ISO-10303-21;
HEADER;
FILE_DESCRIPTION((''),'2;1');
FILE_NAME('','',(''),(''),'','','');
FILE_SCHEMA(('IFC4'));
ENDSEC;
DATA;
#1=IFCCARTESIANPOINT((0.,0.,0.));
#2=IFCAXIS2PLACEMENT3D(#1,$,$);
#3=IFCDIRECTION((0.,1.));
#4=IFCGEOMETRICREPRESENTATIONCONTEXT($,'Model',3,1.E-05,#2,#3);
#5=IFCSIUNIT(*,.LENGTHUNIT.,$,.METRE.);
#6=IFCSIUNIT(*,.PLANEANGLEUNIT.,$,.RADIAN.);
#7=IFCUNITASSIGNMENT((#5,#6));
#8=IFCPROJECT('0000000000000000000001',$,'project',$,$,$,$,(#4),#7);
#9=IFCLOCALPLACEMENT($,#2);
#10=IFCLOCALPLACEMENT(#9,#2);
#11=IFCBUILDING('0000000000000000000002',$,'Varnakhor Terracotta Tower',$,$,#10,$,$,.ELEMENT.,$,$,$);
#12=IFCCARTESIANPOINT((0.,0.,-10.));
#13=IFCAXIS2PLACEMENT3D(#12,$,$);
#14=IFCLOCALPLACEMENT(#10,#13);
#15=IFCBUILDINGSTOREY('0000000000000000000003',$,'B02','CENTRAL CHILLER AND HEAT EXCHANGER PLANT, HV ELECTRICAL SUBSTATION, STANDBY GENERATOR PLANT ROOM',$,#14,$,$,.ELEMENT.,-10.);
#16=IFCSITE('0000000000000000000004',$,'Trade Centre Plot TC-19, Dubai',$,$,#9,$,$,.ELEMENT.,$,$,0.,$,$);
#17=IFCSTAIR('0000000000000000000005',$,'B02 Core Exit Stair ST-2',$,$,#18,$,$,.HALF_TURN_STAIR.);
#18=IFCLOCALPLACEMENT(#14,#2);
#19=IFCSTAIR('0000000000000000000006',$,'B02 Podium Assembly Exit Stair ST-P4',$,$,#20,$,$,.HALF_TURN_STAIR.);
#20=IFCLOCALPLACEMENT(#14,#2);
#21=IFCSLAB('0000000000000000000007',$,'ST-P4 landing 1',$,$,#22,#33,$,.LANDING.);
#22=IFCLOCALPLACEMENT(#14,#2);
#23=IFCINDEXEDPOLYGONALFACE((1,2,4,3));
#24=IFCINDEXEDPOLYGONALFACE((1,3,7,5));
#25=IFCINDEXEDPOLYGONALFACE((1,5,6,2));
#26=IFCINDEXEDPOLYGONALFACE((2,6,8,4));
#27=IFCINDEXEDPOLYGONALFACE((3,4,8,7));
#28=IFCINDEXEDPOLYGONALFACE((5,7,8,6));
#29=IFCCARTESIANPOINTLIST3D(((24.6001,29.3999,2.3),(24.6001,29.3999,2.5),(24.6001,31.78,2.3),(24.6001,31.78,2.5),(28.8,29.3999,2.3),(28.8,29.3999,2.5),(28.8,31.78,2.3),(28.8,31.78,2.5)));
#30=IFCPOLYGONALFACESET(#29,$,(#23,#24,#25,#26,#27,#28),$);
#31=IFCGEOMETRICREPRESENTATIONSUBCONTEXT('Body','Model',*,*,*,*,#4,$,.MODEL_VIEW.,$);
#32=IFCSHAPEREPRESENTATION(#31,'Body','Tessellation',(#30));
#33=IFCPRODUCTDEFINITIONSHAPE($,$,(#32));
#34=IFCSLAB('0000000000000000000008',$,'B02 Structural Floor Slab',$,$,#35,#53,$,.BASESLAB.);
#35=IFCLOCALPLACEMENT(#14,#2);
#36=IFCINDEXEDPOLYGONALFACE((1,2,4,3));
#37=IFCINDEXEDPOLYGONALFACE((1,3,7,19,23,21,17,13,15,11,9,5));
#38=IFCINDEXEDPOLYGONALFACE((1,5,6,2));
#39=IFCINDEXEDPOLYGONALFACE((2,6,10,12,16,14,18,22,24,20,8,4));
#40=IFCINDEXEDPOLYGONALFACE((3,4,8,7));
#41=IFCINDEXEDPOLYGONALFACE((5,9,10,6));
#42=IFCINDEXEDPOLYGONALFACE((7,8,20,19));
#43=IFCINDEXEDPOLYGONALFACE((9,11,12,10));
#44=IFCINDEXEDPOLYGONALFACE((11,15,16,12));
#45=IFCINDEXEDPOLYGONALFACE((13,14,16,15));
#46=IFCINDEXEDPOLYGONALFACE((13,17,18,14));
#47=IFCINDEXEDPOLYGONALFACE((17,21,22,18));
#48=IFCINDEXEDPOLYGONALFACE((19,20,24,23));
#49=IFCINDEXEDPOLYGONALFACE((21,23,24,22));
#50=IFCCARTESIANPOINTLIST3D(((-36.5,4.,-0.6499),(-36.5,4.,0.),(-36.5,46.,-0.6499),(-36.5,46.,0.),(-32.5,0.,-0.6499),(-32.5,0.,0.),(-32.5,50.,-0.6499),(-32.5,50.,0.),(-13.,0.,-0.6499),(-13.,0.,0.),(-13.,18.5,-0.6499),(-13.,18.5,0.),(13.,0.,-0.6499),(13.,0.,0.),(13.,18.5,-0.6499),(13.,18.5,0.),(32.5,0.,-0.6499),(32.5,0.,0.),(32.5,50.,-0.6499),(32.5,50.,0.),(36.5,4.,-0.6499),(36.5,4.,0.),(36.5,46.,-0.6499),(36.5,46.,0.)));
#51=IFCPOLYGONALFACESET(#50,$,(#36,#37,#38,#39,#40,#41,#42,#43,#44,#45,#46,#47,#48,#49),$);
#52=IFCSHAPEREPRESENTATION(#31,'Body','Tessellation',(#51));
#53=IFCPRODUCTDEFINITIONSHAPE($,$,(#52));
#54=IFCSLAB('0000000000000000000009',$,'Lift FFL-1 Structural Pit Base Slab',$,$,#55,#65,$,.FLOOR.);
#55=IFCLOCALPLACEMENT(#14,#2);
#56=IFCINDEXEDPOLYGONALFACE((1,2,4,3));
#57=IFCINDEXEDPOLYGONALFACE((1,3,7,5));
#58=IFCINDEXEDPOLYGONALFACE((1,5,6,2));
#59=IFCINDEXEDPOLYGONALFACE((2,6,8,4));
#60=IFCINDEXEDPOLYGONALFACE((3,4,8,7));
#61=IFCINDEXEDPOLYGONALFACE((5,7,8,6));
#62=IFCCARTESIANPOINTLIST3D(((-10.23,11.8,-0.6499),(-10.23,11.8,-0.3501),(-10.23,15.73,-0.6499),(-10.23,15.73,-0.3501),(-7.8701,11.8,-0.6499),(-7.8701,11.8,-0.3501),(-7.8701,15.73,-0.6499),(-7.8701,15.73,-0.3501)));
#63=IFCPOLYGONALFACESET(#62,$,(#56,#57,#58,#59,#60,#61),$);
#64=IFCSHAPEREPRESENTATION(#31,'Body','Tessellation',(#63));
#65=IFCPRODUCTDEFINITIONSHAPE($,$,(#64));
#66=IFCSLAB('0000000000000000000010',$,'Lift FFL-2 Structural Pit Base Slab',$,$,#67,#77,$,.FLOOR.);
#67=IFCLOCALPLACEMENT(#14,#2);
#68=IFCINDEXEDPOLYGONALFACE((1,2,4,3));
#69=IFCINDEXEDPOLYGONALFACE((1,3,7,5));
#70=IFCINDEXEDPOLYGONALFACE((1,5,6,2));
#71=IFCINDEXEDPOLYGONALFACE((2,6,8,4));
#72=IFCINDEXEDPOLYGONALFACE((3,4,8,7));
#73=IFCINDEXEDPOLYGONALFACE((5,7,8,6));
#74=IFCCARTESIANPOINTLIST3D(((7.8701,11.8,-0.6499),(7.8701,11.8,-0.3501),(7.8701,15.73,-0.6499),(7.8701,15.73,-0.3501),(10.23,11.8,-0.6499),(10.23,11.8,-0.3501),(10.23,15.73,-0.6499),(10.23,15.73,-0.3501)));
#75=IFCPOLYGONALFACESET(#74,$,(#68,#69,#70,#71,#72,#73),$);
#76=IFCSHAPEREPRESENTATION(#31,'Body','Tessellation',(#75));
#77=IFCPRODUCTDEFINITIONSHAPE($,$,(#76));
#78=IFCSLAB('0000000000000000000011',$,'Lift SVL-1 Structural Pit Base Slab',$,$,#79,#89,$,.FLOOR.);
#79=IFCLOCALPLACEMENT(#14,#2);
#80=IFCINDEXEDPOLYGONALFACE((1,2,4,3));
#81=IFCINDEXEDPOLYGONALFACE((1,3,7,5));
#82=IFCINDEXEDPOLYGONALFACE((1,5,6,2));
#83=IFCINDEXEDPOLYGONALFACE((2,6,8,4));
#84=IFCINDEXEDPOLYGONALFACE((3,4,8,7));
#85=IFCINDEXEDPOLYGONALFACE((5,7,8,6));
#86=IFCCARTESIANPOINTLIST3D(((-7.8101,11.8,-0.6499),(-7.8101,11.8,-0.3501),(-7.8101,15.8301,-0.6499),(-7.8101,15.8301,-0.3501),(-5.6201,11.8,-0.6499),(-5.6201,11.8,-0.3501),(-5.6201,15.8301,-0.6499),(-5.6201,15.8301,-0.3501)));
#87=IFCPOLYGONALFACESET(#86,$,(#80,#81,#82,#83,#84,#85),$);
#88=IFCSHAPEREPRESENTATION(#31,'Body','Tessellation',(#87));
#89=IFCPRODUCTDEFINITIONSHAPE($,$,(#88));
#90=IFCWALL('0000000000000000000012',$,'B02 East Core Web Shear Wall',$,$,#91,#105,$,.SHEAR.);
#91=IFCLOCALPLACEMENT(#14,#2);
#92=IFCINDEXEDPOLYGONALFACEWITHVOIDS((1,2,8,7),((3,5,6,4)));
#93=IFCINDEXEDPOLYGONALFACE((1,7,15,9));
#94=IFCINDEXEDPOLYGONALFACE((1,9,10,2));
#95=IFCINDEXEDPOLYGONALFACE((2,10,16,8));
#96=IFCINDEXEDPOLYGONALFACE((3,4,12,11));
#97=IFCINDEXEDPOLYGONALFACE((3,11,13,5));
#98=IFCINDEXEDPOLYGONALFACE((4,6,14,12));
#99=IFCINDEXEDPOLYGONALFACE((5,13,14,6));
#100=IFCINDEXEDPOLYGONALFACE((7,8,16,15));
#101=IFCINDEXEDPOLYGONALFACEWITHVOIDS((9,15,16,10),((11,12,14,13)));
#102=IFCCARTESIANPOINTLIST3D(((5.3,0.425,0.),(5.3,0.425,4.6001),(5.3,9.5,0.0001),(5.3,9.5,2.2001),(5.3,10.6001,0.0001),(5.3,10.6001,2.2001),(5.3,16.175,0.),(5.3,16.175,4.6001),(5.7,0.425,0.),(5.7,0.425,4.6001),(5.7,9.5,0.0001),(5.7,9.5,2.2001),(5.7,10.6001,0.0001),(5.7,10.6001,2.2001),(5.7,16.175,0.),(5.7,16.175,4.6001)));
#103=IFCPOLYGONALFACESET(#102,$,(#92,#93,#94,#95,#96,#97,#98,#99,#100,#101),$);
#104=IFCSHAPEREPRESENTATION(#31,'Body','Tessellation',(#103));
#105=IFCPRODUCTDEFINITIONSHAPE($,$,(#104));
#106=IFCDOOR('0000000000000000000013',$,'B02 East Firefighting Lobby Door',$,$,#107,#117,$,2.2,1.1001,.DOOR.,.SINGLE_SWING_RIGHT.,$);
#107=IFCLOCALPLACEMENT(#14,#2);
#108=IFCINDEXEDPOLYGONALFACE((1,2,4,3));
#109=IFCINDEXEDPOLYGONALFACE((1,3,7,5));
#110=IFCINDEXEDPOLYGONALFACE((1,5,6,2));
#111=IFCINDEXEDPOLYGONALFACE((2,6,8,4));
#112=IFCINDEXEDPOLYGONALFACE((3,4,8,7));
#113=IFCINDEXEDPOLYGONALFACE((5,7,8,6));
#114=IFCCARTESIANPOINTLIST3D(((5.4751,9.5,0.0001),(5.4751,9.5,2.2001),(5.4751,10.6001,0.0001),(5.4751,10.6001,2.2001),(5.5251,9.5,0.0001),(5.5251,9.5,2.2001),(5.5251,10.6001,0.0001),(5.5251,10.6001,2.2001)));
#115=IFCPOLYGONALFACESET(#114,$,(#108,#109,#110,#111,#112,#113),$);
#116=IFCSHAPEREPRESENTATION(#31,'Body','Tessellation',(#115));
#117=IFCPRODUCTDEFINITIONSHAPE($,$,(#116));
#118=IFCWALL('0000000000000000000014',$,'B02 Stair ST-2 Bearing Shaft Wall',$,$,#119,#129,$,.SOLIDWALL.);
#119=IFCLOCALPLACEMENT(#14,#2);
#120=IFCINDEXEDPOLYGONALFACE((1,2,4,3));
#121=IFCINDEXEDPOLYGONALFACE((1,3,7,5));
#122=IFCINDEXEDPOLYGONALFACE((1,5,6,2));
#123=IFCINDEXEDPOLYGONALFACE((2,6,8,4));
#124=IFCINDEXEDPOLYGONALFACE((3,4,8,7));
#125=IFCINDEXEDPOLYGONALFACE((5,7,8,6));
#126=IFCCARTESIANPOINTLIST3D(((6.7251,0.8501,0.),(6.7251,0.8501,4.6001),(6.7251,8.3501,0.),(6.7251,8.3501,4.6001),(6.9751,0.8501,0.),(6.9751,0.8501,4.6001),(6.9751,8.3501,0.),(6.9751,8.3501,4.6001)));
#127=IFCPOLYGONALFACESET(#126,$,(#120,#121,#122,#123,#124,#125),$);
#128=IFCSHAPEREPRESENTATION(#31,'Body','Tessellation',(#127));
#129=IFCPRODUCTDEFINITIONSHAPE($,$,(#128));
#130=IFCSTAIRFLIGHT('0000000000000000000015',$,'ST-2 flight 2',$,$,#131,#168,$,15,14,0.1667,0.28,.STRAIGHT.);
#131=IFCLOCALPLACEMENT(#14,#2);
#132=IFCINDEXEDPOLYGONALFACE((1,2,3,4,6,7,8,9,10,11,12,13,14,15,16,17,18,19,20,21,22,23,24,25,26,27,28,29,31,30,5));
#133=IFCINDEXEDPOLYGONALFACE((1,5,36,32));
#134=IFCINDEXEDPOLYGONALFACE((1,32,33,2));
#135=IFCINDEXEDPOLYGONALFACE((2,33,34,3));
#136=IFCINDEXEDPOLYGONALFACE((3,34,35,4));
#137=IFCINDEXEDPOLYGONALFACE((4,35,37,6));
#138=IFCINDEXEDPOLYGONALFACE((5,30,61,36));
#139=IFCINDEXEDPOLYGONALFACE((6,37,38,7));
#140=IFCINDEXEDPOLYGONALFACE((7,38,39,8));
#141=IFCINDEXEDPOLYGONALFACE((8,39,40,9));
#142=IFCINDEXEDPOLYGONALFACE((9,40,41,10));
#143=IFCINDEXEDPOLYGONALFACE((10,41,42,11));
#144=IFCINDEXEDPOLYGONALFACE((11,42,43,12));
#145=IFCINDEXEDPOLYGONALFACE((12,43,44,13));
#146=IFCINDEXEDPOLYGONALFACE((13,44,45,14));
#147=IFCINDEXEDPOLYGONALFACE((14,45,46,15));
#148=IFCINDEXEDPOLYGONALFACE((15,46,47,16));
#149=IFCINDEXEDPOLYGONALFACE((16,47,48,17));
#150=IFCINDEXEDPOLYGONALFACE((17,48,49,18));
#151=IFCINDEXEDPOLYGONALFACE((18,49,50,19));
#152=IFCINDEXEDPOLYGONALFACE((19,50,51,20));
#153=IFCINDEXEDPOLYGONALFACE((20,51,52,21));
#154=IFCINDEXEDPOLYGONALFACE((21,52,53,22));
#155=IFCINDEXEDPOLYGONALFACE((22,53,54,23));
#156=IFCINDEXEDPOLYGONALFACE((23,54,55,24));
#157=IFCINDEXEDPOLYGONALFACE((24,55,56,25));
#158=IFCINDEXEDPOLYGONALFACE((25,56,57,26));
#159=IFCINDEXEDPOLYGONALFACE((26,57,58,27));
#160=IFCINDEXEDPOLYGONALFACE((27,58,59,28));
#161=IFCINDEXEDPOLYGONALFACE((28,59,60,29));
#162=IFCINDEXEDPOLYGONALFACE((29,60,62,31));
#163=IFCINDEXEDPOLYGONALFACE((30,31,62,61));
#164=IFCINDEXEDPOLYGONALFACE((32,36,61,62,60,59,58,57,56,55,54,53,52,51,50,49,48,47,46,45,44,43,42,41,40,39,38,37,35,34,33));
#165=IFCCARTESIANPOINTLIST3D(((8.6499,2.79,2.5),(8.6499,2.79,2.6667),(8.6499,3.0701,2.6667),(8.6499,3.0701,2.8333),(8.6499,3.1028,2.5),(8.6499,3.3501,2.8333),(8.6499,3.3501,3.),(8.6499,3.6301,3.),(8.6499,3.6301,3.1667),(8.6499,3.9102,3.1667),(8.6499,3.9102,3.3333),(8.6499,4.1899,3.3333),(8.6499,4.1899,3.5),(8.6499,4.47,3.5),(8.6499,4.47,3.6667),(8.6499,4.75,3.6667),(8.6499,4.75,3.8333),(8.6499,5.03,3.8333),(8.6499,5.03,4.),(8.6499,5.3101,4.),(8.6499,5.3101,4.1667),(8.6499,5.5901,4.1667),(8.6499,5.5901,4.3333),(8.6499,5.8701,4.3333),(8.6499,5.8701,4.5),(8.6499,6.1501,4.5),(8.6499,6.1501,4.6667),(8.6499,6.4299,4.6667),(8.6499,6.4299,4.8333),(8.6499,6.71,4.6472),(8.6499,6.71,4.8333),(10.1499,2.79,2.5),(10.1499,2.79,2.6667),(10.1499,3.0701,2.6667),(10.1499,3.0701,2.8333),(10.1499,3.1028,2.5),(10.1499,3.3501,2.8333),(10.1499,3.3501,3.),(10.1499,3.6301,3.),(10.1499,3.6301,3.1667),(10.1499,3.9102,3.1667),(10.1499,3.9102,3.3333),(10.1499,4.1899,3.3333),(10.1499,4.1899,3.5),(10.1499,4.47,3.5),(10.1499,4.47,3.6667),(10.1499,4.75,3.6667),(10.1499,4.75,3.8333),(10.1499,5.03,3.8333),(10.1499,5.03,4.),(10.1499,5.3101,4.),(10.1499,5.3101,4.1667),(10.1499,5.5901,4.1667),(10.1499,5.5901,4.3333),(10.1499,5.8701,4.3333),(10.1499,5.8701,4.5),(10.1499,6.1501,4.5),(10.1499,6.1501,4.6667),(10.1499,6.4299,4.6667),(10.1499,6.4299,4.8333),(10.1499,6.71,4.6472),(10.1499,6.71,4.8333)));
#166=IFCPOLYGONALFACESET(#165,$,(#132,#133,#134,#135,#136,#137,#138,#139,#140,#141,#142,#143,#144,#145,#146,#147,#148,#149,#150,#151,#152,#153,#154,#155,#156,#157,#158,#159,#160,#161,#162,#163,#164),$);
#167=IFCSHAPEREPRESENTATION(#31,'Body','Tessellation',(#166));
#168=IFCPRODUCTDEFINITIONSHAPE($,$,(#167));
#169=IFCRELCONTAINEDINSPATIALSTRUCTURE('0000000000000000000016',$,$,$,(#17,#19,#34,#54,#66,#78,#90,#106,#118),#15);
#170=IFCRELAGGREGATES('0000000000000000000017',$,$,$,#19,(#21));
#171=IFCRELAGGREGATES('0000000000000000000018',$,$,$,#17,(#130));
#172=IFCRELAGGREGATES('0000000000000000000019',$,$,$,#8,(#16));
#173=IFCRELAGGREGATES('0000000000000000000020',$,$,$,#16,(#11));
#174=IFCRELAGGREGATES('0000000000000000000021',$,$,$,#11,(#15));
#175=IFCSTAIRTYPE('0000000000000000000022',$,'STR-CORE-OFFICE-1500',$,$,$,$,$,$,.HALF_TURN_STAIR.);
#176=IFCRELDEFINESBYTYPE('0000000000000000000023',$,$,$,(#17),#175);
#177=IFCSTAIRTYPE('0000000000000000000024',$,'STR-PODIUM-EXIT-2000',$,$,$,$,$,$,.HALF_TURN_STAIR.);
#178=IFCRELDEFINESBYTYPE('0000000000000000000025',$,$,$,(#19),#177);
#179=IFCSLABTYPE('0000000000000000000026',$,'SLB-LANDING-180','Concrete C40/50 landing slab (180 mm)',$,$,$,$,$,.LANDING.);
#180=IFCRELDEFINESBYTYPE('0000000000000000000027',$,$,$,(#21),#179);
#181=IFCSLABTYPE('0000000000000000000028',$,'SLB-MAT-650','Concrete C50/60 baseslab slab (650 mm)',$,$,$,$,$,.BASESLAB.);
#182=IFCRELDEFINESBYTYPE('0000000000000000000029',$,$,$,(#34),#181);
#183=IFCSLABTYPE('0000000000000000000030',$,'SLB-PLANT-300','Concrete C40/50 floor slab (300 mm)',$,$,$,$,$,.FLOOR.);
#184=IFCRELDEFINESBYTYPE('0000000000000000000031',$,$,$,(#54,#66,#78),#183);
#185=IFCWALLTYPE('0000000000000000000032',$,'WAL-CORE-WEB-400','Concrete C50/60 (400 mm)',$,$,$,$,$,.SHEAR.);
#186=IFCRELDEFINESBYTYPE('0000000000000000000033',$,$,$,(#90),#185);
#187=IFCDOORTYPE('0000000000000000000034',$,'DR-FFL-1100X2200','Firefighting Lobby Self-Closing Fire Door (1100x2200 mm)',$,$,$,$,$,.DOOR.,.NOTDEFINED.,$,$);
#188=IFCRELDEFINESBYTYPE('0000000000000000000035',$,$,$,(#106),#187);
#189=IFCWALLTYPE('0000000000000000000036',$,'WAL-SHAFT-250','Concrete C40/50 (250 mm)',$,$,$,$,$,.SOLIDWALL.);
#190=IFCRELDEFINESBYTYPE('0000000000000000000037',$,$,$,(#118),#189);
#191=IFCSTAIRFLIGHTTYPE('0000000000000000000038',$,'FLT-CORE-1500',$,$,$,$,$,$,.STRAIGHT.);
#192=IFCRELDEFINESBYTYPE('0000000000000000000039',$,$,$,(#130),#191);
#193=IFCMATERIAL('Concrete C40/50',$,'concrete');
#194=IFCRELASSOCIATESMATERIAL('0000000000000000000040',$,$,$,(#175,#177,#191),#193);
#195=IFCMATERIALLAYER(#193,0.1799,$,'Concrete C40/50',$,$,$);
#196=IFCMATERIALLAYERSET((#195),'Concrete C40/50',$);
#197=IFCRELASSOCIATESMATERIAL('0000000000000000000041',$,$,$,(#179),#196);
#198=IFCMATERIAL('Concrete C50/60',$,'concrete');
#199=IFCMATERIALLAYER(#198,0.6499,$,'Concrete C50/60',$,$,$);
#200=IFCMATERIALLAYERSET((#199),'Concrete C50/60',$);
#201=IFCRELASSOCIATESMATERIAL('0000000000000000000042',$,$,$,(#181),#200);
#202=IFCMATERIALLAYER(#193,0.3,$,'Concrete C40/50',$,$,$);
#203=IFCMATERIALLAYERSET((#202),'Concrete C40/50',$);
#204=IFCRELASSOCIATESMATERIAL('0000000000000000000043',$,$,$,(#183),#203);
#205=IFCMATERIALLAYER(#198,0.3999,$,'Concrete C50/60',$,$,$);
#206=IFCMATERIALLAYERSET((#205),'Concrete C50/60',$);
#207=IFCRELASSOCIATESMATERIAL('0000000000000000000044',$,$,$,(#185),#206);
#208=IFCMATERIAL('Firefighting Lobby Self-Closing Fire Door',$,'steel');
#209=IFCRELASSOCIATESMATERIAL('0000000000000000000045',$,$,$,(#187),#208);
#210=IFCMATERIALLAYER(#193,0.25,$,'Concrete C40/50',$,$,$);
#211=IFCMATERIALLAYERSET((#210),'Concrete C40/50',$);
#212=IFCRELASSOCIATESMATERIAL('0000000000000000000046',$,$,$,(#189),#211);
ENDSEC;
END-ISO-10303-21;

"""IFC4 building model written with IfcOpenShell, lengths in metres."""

from ifc_helpers import new_model, si_unit, direction, frame, frame_2d, origin, place, context, subcontext, project, spatial, polyline, rectangle, outline, extrude, source, transform, mapped, material, layer, layer_set, type_object, type_shapes, element, fill, aggregate, save


model = new_model("IFC4")

# Units and contexts
model_context = context("Model", 3, precision=1e-05, world=origin(), true_north=direction((0.0, 1.0)))
body_context = subcontext(model_context, "Body", "Model", "MODEL_VIEW")
ifc_project = project(units=[si_unit("LENGTHUNIT", "METRE"), si_unit("PLANEANGLEUNIT", "RADIAN")], contexts=[model_context])

# Site, building, storey
site_placement = place(None, origin())
site = spatial("IfcSite", under=ifc_project, at=site_placement, Name="Trade Centre Plot TC-19, Dubai", CompositionType="ELEMENT", RefElevation=0.0)
building_placement = place(site_placement, origin())
building = spatial("IfcBuilding", under=site, at=building_placement, Name="Varnakhor Terracotta Tower", CompositionType="ELEMENT")
storey_placement = place(building_placement, frame((0.0, 0.0, -10.0)))
storey = spatial("IfcBuildingStorey", under=building, at=storey_placement, Name="B02", Description="CENTRAL CHILLER AND HEAT EXCHANGER PLANT, HV ELECTRICAL SUBSTATION, STANDBY GENERATOR PLANT ROOM", CompositionType="ELEMENT", Elevation=-10.0)

# Shared definitions
ifc_material_1 = material(Name="Concrete C40/50", Category="concrete")

# Shared definitions
ifc_material_2 = material(Name="Concrete C50/60", Category="concrete")

# Stairs, slab
stair_type_1 = type_object("IfcStairType", Name="STR-CORE-OFFICE-1500", PredefinedType="HALF_TURN_STAIR", material=ifc_material_1)
ifc_layer_1 = layer(ifc_material_1, 0.1799, Name="Concrete C40/50")
ifc_layer_set_1 = layer_set([ifc_layer_1], Name="Concrete C40/50")
slab_type_1 = type_object("IfcSlabType", Name="SLB-LANDING-180", Description="Concrete C40/50 landing slab (180 mm)", PredefinedType="LANDING", material=ifc_layer_set_1)
stair_1_placement = place(storey_placement, origin())
stair_1 = element("IfcStair", 1, at=stair_1_placement, inside=storey, type_object=stair_type_1, Name="B02 Core Exit Stair ST-2", PredefinedType="HALF_TURN_STAIR")
stair_type_2 = type_object("IfcStairType", Name="STR-PODIUM-EXIT-2000", PredefinedType="HALF_TURN_STAIR", material=ifc_material_1)
stair_2_placement = place(storey_placement, origin())
stair_2 = element("IfcStair", 2, at=stair_2_placement, inside=storey, type_object=stair_type_2, Name="B02 Podium Assembly Exit Stair ST-P4", PredefinedType="HALF_TURN_STAIR")
slab_1_placement = place(storey_placement, frame((0.0, 0.0, 2.3)))
slab_1 = element("IfcSlab", 3, at=slab_1_placement, type_object=slab_type_1, Name="ST-P4 landing 1", PredefinedType="LANDING", context=body_context, shape_type="SweptSolid", body=[
    extrude(outline(polyline([(24.6001, 31.78), (24.6001, 29.3999), (28.8, 29.3999), (28.8, 31.78), (24.6001, 31.78)])), origin(), (0.0, 0.0, 1.0), 0.2),
])
aggregate(stair_2, [slab_1])

# Slabs
ifc_layer_2 = layer(ifc_material_2, 0.6499, Name="Concrete C50/60")
ifc_layer_set_2 = layer_set([ifc_layer_2], Name="Concrete C50/60")
slab_type_2 = type_object("IfcSlabType", Name="SLB-MAT-650", Description="Concrete C50/60 baseslab slab (650 mm)", PredefinedType="BASESLAB", material=ifc_layer_set_2)
slab_2_placement = place(storey_placement, frame((0.0, 0.0, -0.6499)))
element("IfcSlab", 4, at=slab_2_placement, inside=storey, type_object=slab_type_2, Name="B02 Structural Floor Slab", PredefinedType="BASESLAB", context=body_context, shape_type="SweptSolid", body=[
    extrude(outline(polyline([(-32.5, 0.0), (-36.5, 4.0), (-36.5, 46.0), (-32.5, 50.0), (32.5, 50.0), (36.5, 46.0), (36.5, 4.0), (32.5, 0.0), (13.0, 0.0), (13.0, 18.5), (-13.0, 18.5), (-13.0, 0.0), (-32.5, 0.0)])), origin(), (0.0, 0.0, 1.0), 0.6499),
])
ifc_layer_3 = layer(ifc_material_1, 0.3, Name="Concrete C40/50")
ifc_layer_set_3 = layer_set([ifc_layer_3], Name="Concrete C40/50")
slab_type_3 = type_object("IfcSlabType", Name="SLB-PLANT-300", Description="Concrete C40/50 floor slab (300 mm)", PredefinedType="FLOOR", material=ifc_layer_set_3)
slab_3_placement = place(storey_placement, frame((0.0, 0.0, -0.6499)))
element("IfcSlab", 5, at=slab_3_placement, inside=storey, type_object=slab_type_3, Name="Lift FFL-1 Structural Pit Base Slab", PredefinedType="FLOOR", context=body_context, shape_type="SweptSolid", body=[
    extrude(outline(polyline([(-10.23, 11.8), (-7.8701, 11.8), (-7.8701, 15.73), (-10.23, 15.73), (-10.23, 11.8)])), origin(), (0.0, 0.0, 1.0), 0.2998),
])
slab_4_placement = place(storey_placement, frame((0.0, 0.0, -0.6499)))
element("IfcSlab", 6, at=slab_4_placement, inside=storey, type_object=slab_type_3, Name="Lift FFL-2 Structural Pit Base Slab", PredefinedType="FLOOR", context=body_context, shape_type="SweptSolid", body=[
    extrude(outline(polyline([(7.8701, 11.8), (10.23, 11.8), (10.23, 15.73), (7.8701, 15.73), (7.8701, 11.8)])), origin(), (0.0, 0.0, 1.0), 0.2998),
])
slab_5_placement = place(storey_placement, frame((0.0, 0.0, -0.6499)))
element("IfcSlab", 7, at=slab_5_placement, inside=storey, type_object=slab_type_3, Name="Lift SVL-1 Structural Pit Base Slab", PredefinedType="FLOOR", context=body_context, shape_type="SweptSolid", body=[
    extrude(outline(polyline([(-7.8101, 11.8), (-5.6201, 11.8), (-5.6201, 15.8301), (-7.8101, 15.8301), (-7.8101, 11.8)])), origin(), (0.0, 0.0, 1.0), 0.2998),
])

# Wall, opening, door
ifc_layer_4 = layer(ifc_material_2, 0.3999, Name="Concrete C50/60")
ifc_layer_set_4 = layer_set([ifc_layer_4], Name="Concrete C50/60")
wall_type_1 = type_object("IfcWallType", Name="WAL-CORE-WEB-400", Description="Concrete C50/60 (400 mm)", PredefinedType="SHEAR", material=ifc_layer_set_4)
wall_1_placement = place(storey_placement, frame((5.5, 0.425, 0.0), z_axis=(0.0, 0.0, 1.0), x_axis=(0.0, 1.0, 0.0)))
wall_1 = element("IfcWall", 8, at=wall_1_placement, inside=storey, type_object=wall_type_1, Name="B02 East Core Web Shear Wall", PredefinedType="SHEAR", context=body_context, shape_type="SweptSolid", body=[
    extrude(rectangle(XDim=15.75, YDim=0.3999, at=frame_2d((7.875, 0.0))), origin(), (0.0, 0.0, 1.0), 4.6001),
])
opening_placement = place(wall_1_placement, frame((9.075, 0.0, 0.0)))
opening = element("IfcOpeningElement", 9, at=opening_placement, cuts=wall_1, PredefinedType="OPENING", context=body_context, shape_type="SweptSolid", body=[
    extrude(rectangle(XDim=1.1001, YDim=2.2, at=frame_2d((0.55, 1.1001))), frame((0.0, 0.21, 0.0), z_axis=(0.0, -1.0, 0.0), x_axis=(1.0, 0.0, 0.0)), (0.0, 0.0, 1.0), 0.4199),
])
ifc_material_3 = material(Name="Firefighting Lobby Self-Closing Fire Door", Category="steel")
door_type = type_object("IfcDoorType", Name="DR-FFL-1100X2200", Description="Firefighting Lobby Self-Closing Fire Door (1100x2200 mm)", OperationType="NOTDEFINED", PredefinedType="DOOR", material=ifc_material_3)
shared_shape_1 = source(origin(), body_context, "Body", "SweptSolid", [
    extrude(rectangle(XDim=1.1001, YDim=2.2, at=frame_2d((0.55, 1.1001))), frame((0.0, 0.0249, 0.0), z_axis=(0.0, -1.0, 0.0), x_axis=(1.0, 0.0, 0.0)), (0.0, 0.0, 1.0), 0.05),
])
type_shapes(door_type, [shared_shape_1])
door_placement = place(opening_placement, origin())
door = element("IfcDoor", 10, at=door_placement, inside=storey, type_object=door_type, Name="B02 East Firefighting Lobby Door", OperationType="SINGLE_SWING_RIGHT", OverallHeight=2.2, OverallWidth=1.1001, PredefinedType="DOOR", context=body_context, shape_type="MappedRepresentation", body=[
    mapped(shared_shape_1, transform((0.0, 0.0, 0.0), scale=1.0)),
])
fill(opening, door)

# Wall
ifc_layer_5 = layer(ifc_material_1, 0.25, Name="Concrete C40/50")
ifc_layer_set_5 = layer_set([ifc_layer_5], Name="Concrete C40/50")
wall_type_2 = type_object("IfcWallType", Name="WAL-SHAFT-250", Description="Concrete C40/50 (250 mm)", PredefinedType="SOLIDWALL", material=ifc_layer_set_5)
wall_2_placement = place(storey_placement, frame((6.8501, 0.8501, 0.0), z_axis=(0.0, 0.0, 1.0), x_axis=(0.0, 1.0, 0.0)))
element("IfcWall", 11, at=wall_2_placement, inside=storey, type_object=wall_type_2, Name="B02 Stair ST-2 Bearing Shaft Wall", PredefinedType="SOLIDWALL", context=body_context, shape_type="SweptSolid", body=[
    extrude(rectangle(XDim=7.5, YDim=0.25, at=frame_2d((3.75, 0.0))), origin(), (0.0, 0.0, 1.0), 4.6001),
])

# Stair flight
stair_flight_type = type_object("IfcStairFlightType", Name="FLT-CORE-1500", PredefinedType="STRAIGHT", material=ifc_material_1)
stair_flight_placement = place(storey_placement, frame((9.3999, 2.79, 2.5), z_axis=(0.0, 0.0, 1.0), x_axis=(0.0, 1.0, 0.0)))
stair_flight = element("IfcStairFlight", 12, at=stair_flight_placement, type_object=stair_flight_type, Name="ST-2 flight 2", NumberOfRisers=15, NumberOfTreads=14, PredefinedType="STRAIGHT", RiserHeight=0.1667, TreadLength=0.28, context=body_context, shape_type="SweptSolid", body=[
    extrude(outline(polyline([(0.0, 0.0), (0.0, 0.1667), (0.28, 0.1667), (0.28, 0.3333), (0.5601, 0.3333), (0.5601, 0.5), (0.8401, 0.5), (0.8401, 0.6667), (1.1201, 0.6667), (1.1201, 0.8333), (1.3999, 0.8333), (1.3999, 1.0), (1.6799, 1.0), (1.6799, 1.1667), (1.96, 1.1667), (1.96, 1.3333), (2.24, 1.3333), (2.24, 1.5), (2.52, 1.5), (2.52, 1.6667), (2.8, 1.6667), (2.8, 1.8333), (3.0801, 1.8333), (3.0801, 2.0), (3.3601, 2.0), (3.3601, 2.1667), (3.6399, 2.1667), (3.6399, 2.3333), (3.9199, 2.3333), (3.9199, 2.5), (3.9199, 2.1472), (0.3127, 0.0), (0.0, 0.0)])), frame((0.0, 0.75, 0.0), z_axis=(0.0, -1.0, 0.0), x_axis=(1.0, 0.0, 0.0)), (0.0, 0.0, 1.0), 1.5),
])
aggregate(stair_1, [stair_flight])

save(model, "model.ifc")
